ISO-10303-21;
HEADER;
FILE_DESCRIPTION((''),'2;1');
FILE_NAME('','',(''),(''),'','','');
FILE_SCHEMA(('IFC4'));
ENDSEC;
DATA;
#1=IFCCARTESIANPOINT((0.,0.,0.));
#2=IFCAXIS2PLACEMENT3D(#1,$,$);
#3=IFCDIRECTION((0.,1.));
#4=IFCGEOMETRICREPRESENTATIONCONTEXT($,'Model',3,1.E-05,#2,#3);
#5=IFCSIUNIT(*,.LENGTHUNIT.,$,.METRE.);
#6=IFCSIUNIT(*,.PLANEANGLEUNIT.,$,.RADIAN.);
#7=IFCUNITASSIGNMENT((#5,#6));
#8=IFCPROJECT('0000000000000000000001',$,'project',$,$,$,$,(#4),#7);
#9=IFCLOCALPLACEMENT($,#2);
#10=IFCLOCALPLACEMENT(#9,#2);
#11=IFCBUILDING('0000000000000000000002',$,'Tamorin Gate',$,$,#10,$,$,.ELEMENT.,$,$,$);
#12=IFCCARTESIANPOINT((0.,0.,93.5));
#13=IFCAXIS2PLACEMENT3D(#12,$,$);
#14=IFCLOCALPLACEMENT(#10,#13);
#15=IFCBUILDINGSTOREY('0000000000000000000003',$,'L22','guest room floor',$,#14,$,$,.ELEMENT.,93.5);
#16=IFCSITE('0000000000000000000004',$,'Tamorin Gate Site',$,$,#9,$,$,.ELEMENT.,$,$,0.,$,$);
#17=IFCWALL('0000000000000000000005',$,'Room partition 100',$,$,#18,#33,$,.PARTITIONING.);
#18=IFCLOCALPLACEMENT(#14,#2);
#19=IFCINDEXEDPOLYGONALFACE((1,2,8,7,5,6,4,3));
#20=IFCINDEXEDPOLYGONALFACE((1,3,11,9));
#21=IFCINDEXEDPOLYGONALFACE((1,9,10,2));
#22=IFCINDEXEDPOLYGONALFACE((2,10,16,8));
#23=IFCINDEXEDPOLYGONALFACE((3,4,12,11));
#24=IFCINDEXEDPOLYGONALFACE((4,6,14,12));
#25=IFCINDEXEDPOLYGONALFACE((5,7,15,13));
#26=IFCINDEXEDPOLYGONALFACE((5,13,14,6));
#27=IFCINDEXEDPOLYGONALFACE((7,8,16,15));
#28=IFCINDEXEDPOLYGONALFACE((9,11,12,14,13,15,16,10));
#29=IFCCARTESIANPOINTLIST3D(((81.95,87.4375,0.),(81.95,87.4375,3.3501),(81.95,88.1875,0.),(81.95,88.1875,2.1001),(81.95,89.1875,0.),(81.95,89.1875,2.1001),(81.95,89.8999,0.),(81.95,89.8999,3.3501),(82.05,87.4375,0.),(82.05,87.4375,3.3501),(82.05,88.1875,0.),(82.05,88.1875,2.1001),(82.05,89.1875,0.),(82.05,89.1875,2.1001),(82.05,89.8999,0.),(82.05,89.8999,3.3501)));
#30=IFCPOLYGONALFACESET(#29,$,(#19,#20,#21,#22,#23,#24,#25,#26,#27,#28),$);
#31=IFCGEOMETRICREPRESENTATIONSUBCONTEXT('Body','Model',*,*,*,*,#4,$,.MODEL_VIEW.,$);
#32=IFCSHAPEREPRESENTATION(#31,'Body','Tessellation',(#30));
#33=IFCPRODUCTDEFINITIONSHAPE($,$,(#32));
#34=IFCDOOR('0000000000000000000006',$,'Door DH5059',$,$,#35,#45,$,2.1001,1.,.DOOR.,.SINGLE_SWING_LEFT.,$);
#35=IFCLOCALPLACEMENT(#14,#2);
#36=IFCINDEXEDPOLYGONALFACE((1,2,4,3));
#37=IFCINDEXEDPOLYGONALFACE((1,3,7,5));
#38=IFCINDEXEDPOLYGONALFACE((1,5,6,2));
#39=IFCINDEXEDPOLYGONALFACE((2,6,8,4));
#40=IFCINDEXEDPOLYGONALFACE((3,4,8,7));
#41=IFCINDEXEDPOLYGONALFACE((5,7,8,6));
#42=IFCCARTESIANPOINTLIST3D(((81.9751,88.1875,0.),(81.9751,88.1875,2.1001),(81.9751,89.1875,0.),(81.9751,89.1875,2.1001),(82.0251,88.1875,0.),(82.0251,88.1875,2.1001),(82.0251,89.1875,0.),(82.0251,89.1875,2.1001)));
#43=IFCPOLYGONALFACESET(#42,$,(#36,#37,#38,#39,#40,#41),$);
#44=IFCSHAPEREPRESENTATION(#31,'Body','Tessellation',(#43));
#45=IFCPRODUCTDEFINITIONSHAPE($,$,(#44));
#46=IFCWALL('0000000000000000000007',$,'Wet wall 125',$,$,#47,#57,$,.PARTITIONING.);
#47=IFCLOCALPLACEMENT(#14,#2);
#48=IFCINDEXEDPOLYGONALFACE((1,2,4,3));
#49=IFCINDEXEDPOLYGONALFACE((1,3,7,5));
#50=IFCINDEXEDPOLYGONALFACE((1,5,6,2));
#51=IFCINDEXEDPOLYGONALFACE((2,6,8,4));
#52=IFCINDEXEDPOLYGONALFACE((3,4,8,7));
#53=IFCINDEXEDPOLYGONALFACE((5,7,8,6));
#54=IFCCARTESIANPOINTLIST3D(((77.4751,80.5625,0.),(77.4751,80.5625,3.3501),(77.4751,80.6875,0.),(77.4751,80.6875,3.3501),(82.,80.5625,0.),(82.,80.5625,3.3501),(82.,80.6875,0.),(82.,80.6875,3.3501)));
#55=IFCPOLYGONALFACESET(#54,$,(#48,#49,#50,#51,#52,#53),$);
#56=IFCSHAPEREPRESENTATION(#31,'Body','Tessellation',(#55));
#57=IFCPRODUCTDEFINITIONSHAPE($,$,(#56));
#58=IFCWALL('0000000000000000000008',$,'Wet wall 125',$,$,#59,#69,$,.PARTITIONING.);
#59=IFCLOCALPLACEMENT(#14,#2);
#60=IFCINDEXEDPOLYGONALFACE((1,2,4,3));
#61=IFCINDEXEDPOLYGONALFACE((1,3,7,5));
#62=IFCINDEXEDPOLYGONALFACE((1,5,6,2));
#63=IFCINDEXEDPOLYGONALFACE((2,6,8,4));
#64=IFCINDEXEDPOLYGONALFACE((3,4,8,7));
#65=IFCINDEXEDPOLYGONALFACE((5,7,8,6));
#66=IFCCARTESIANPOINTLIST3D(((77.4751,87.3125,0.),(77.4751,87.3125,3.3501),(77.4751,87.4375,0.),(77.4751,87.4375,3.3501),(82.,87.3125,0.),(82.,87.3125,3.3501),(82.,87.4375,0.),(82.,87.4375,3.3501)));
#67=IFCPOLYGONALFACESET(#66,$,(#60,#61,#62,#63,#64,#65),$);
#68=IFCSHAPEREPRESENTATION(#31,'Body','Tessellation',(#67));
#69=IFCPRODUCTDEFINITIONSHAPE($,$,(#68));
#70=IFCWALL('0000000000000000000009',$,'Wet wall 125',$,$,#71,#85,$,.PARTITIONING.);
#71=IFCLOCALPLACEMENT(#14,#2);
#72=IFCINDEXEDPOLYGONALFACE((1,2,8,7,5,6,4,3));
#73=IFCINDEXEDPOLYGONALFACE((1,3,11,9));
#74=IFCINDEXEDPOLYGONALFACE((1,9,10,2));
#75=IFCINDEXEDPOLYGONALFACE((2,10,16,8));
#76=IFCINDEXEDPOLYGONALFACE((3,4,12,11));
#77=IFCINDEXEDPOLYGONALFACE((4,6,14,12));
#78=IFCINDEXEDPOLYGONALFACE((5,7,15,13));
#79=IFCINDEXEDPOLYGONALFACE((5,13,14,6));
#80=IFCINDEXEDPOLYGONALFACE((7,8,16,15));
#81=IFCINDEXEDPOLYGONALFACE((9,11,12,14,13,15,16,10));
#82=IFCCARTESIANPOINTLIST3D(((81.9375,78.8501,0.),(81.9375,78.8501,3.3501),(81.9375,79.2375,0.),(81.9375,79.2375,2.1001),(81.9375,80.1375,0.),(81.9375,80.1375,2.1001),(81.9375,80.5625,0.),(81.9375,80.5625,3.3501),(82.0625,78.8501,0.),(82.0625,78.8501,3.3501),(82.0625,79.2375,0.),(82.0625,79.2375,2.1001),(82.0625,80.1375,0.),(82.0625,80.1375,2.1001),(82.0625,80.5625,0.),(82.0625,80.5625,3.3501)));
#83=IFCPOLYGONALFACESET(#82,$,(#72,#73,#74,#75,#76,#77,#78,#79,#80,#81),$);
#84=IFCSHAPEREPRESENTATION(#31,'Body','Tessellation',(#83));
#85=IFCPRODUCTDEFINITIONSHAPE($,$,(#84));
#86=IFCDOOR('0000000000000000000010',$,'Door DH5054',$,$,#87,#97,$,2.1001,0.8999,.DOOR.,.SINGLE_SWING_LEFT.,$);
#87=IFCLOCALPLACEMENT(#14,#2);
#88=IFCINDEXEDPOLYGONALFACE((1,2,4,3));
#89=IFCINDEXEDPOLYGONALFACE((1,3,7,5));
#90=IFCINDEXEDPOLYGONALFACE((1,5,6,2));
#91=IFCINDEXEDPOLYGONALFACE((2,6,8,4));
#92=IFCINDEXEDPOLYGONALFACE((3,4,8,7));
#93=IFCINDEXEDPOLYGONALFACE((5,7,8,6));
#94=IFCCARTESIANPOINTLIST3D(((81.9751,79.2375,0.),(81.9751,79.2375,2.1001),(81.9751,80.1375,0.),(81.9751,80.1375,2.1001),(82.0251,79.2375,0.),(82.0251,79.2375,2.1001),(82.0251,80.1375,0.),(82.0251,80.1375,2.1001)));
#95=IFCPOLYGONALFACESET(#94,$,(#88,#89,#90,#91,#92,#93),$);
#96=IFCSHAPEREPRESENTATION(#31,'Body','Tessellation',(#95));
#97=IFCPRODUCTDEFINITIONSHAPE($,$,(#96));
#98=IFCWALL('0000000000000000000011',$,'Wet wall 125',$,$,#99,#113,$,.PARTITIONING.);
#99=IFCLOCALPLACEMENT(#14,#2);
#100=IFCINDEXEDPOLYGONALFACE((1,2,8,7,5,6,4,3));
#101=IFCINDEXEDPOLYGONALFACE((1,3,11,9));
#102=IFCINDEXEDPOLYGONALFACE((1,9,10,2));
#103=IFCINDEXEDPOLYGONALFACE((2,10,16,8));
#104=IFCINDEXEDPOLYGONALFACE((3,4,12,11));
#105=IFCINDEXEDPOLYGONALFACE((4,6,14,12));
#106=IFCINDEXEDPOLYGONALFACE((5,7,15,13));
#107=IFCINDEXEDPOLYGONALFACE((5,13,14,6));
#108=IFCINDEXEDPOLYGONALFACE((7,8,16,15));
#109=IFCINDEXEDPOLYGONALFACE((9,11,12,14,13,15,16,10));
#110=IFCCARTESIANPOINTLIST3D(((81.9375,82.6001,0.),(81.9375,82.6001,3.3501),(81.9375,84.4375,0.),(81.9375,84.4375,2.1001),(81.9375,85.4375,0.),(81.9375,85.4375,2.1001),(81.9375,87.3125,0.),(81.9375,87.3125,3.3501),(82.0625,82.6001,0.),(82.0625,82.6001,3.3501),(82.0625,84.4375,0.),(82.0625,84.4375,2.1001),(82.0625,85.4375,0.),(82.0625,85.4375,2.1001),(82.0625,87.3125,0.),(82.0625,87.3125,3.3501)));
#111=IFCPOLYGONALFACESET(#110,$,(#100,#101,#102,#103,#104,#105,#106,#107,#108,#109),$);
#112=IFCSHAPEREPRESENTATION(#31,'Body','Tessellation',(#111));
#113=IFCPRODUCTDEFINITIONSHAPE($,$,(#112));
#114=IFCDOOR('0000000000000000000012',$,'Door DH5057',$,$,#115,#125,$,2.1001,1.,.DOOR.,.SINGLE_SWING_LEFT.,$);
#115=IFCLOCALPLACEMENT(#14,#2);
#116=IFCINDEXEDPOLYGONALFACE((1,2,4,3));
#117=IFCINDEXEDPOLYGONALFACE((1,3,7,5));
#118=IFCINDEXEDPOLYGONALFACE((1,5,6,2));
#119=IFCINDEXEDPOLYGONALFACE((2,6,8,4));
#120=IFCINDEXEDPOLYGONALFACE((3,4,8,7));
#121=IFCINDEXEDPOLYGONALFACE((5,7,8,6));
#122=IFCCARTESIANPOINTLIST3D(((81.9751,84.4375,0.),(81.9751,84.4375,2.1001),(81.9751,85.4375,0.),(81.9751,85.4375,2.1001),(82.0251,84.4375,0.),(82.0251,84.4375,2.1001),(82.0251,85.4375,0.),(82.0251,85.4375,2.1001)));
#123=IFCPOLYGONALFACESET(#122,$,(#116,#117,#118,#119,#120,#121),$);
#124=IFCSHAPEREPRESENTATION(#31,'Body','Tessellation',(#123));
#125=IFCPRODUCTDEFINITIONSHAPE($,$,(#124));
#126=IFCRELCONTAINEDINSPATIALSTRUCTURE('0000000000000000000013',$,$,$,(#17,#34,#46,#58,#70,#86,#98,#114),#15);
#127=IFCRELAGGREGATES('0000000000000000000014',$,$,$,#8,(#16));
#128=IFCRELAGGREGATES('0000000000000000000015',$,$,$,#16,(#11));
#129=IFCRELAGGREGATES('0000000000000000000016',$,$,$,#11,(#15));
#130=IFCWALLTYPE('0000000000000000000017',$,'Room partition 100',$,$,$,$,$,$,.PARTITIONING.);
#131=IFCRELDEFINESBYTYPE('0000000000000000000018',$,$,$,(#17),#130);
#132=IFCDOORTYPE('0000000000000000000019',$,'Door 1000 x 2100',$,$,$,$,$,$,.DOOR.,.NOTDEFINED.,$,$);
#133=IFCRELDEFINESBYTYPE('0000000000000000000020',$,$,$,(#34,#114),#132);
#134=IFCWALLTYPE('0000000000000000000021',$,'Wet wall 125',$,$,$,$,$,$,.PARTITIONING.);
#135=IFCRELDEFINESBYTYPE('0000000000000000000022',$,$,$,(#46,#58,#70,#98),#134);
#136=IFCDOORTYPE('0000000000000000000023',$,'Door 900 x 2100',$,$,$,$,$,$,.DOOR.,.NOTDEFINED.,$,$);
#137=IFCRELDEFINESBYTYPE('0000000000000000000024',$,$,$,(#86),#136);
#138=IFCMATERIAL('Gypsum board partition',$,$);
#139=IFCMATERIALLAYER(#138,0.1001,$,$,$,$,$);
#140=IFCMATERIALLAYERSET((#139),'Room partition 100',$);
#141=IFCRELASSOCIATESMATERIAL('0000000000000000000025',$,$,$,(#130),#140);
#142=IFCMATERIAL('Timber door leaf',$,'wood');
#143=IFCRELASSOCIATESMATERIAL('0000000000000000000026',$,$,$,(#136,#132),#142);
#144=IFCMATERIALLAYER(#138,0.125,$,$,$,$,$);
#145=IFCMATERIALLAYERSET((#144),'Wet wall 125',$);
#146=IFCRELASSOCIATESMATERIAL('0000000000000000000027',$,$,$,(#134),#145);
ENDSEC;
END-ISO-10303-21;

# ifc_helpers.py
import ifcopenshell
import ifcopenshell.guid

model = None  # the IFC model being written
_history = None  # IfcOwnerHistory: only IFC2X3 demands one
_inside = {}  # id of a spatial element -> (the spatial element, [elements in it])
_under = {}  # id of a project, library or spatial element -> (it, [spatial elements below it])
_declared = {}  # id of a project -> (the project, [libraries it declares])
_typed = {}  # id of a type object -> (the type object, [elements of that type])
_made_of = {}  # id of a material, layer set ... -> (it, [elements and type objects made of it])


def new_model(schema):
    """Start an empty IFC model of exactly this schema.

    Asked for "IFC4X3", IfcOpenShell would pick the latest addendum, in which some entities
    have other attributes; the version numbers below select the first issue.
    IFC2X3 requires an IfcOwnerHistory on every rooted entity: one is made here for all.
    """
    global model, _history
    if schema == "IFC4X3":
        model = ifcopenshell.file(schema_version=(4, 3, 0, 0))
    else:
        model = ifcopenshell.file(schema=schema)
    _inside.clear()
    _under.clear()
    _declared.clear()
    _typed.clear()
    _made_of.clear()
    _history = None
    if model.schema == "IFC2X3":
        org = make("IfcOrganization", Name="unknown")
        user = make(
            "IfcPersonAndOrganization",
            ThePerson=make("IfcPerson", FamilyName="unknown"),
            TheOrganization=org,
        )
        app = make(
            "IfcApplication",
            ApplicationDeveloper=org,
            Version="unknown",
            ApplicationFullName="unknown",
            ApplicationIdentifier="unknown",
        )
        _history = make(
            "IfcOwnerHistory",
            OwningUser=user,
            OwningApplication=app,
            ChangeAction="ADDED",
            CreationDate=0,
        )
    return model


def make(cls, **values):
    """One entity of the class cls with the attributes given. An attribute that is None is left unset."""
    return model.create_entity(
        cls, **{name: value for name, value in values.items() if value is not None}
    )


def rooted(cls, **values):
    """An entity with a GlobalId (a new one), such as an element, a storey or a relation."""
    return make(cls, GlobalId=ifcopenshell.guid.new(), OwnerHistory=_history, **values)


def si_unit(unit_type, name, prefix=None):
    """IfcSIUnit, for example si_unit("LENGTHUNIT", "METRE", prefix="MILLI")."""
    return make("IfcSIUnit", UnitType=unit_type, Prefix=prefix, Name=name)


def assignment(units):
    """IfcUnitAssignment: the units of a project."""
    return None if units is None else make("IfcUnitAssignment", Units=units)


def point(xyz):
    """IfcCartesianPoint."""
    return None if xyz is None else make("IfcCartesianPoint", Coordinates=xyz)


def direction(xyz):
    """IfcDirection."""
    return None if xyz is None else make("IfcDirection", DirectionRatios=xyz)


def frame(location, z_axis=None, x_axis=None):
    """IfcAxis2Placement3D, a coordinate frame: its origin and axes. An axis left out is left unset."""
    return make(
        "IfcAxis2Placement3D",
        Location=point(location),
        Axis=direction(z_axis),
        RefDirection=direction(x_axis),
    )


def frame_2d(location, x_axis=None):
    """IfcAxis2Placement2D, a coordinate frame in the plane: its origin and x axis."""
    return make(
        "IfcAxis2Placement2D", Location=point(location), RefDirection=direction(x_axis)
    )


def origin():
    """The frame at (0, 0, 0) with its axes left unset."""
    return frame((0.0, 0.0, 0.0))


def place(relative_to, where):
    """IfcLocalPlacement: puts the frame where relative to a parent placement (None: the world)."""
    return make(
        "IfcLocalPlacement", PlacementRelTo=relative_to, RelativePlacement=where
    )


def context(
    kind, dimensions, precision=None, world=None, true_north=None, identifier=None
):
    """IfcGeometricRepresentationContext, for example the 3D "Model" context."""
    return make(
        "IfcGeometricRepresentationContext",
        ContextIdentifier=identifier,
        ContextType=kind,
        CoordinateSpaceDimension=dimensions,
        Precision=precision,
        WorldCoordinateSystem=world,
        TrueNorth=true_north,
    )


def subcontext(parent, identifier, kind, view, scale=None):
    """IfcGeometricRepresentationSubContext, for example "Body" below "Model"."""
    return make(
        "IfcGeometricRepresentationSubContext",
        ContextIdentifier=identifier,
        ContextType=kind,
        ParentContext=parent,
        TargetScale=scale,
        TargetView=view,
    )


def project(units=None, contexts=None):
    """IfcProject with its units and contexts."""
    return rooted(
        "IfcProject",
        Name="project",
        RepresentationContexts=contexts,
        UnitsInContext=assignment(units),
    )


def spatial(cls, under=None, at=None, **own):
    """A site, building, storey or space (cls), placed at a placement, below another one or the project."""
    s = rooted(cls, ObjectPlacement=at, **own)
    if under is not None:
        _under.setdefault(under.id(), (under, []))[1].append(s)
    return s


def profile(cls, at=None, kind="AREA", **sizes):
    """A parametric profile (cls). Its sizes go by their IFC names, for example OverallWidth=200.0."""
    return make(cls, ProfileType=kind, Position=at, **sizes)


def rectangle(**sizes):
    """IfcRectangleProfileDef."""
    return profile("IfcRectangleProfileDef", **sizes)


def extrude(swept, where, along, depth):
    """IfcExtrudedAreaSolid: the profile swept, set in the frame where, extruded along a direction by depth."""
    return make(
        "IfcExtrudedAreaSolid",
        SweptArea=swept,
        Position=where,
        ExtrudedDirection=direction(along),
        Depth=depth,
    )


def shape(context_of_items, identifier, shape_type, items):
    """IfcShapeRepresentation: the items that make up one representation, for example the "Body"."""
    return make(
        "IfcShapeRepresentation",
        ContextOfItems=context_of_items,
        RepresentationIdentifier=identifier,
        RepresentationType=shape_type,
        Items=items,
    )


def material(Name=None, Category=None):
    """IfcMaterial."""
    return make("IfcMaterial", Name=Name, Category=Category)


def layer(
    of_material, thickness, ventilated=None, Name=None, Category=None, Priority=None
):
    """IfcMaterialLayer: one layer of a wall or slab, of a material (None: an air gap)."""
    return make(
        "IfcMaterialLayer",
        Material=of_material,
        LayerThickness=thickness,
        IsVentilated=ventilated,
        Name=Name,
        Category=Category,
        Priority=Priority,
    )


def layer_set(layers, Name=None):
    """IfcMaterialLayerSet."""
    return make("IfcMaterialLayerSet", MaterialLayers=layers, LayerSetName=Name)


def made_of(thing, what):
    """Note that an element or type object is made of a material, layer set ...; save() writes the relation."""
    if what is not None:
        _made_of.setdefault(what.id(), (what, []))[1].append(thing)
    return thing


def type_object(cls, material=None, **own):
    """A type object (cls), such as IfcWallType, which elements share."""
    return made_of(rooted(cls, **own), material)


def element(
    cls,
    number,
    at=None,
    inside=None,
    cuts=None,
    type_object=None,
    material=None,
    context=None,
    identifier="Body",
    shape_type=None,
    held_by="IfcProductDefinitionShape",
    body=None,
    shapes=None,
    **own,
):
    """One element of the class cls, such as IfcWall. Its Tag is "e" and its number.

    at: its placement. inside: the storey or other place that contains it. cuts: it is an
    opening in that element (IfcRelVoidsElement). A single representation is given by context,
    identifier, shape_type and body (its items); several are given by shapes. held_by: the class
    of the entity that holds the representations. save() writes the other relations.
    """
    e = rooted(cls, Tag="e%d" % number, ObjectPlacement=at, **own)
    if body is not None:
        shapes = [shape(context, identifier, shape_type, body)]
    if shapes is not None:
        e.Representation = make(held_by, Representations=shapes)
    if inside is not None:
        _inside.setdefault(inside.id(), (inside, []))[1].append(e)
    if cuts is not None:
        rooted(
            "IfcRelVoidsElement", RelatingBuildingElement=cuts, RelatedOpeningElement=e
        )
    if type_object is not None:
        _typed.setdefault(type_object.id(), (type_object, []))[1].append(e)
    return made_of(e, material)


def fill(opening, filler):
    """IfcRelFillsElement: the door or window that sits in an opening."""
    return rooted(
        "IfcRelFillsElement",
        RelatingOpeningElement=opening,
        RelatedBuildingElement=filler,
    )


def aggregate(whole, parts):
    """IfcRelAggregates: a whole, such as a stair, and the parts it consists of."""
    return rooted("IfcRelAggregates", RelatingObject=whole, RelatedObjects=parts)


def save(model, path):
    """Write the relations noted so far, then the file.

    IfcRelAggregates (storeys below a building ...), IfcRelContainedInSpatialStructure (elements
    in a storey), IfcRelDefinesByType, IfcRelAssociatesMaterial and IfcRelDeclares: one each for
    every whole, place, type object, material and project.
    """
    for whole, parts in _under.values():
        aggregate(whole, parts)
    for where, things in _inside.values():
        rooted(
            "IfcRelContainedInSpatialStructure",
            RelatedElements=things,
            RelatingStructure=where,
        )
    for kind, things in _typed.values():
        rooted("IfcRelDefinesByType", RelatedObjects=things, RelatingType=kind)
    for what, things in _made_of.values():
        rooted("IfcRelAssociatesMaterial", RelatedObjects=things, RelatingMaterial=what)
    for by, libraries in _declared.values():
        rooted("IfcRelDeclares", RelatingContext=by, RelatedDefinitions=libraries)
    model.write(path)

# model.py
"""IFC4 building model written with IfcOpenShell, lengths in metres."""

from ifc_helpers import new_model, si_unit, direction, frame, frame_2d, origin, place, context, subcontext, project, spatial, rectangle, extrude, material, layer, layer_set, type_object, element, fill, save


model = new_model("IFC4")

# Units and contexts
model_context = context("Model", 3, precision=1e-05, world=origin(), true_north=direction((0.0, 1.0)))
body_context = subcontext(model_context, "Body", "Model", "MODEL_VIEW")
ifc_project = project(units=[si_unit("LENGTHUNIT", "METRE"), si_unit("PLANEANGLEUNIT", "RADIAN")], contexts=[model_context])

# Site, building, storey
site_placement = place(None, origin())
site = spatial("IfcSite", under=ifc_project, at=site_placement, Name="Tamorin Gate Site", CompositionType="ELEMENT", RefElevation=0.0)
building_placement = place(site_placement, origin())
building = spatial("IfcBuilding", under=site, at=building_placement, Name="Tamorin Gate", CompositionType="ELEMENT")
storey_placement = place(building_placement, frame((0.0, 0.0, 93.5)))
storey = spatial("IfcBuildingStorey", under=building, at=storey_placement, Name="L22", Description="guest room floor", CompositionType="ELEMENT", Elevation=93.5)

# Shared definitions
ifc_material_1 = material(Name="Gypsum board partition")

# Wall, opening, door
ifc_layer_1 = layer(ifc_material_1, 0.1001)
ifc_layer_set_1 = layer_set([ifc_layer_1], Name="Room partition 100")
wall_type_1 = type_object("IfcWallType", Name="Room partition 100", PredefinedType="PARTITIONING", material=ifc_layer_set_1)
ifc_material_2 = material(Name="Timber door leaf", Category="wood")
door_type_1 = type_object("IfcDoorType", Name="Door 900 x 2100", OperationType="NOTDEFINED", PredefinedType="DOOR", material=ifc_material_2)
wall_1_placement = place(storey_placement, frame((82.0, 87.4375, 0.0), z_axis=(0.0, 0.0, 1.0), x_axis=(0.0, 1.0, 0.0)))
wall_1 = element("IfcWall", 1, at=wall_1_placement, inside=storey, type_object=wall_type_1, Name="Room partition 100", PredefinedType="PARTITIONING", context=body_context, shape_type="SweptSolid", body=[
    extrude(rectangle(XDim=2.4624, YDim=0.1001, at=frame_2d((1.2312, 0.0))), origin(), (0.0, 0.0, 1.0), 3.3501),
])
opening_1_placement = place(wall_1_placement, frame((0.75, 0.0, 0.0)))
opening_1 = element("IfcOpeningElement", 2, at=opening_1_placement, cuts=wall_1, PredefinedType="OPENING", context=body_context, shape_type="SweptSolid", body=[
    extrude(rectangle(XDim=1.0, YDim=2.1001, at=frame_2d((0.5, 1.05))), frame((0.0, 0.0601, 0.0), z_axis=(0.0, -1.0, 0.0), x_axis=(1.0, 0.0, 0.0)), (0.0, 0.0, 1.0), 0.1201),
])
door_type_2 = type_object("IfcDoorType", Name="Door 1000 x 2100", OperationType="NOTDEFINED", PredefinedType="DOOR", material=ifc_material_2)
door_1_placement = place(opening_1_placement, origin())
door_1 = element("IfcDoor", 3, at=door_1_placement, inside=storey, type_object=door_type_2, Name="Door DH5059", OperationType="SINGLE_SWING_LEFT", OverallHeight=2.1001, OverallWidth=1.0, PredefinedType="DOOR", context=body_context, shape_type="SweptSolid", body=[
    extrude(rectangle(XDim=1.0, YDim=2.1001, at=frame_2d((0.5, 1.05))), frame((0.0, 0.0249, 0.0), z_axis=(0.0, -1.0, 0.0), x_axis=(1.0, 0.0, 0.0)), (0.0, 0.0, 1.0), 0.05),
])
fill(opening_1, door_1)

# Walls
ifc_layer_2 = layer(ifc_material_1, 0.125)
ifc_layer_set_2 = layer_set([ifc_layer_2], Name="Wet wall 125")
wall_type_2 = type_object("IfcWallType", Name="Wet wall 125", PredefinedType="PARTITIONING", material=ifc_layer_set_2)
for number, where, z_axis, x_axis, name in (
    (4, (77.4751, 80.625, 0.0), (0.0, 0.0, 1.0), (1.0, 0.0, 0.0), "Wet wall 125"),
    (5, (77.4751, 87.375, 0.0), (0.0, 0.0, 1.0), (1.0, 0.0, 0.0), "Wet wall 125"),
):
    element("IfcWall", number, at=place(storey_placement, frame(where, z_axis=z_axis, x_axis=x_axis)), inside=storey, type_object=wall_type_2, Name=name, PredefinedType="PARTITIONING", context=body_context, shape_type="SweptSolid", body=[
        extrude(rectangle(XDim=4.5249, YDim=0.125, at=frame_2d((2.2625, 0.0))), origin(), (0.0, 0.0, 1.0), 3.3501),
    ])

# Walls, openings, doors
wall_2_placement = place(storey_placement, frame((82.0, 78.8501, 0.0), z_axis=(0.0, 0.0, 1.0), x_axis=(0.0, 1.0, 0.0)))
wall_2 = element("IfcWall", 6, at=wall_2_placement, inside=storey, type_object=wall_type_2, Name="Wet wall 125", PredefinedType="PARTITIONING", context=body_context, shape_type="SweptSolid", body=[
    extrude(rectangle(XDim=1.7124, YDim=0.125, at=frame_2d((0.8562, 0.0))), origin(), (0.0, 0.0, 1.0), 3.3501),
])
opening_2_placement = place(wall_2_placement, frame((0.3875, 0.0, 0.0)))
opening_2 = element("IfcOpeningElement", 7, at=opening_2_placement, cuts=wall_2, PredefinedType="OPENING", context=body_context, shape_type="SweptSolid", body=[
    extrude(rectangle(XDim=0.8999, YDim=2.1001, at=frame_2d((0.45, 1.05))), frame((0.0, 0.0725, 0.0), z_axis=(0.0, -1.0, 0.0), x_axis=(1.0, 0.0, 0.0)), (0.0, 0.0, 1.0), 0.145),
])
door_2_placement = place(opening_2_placement, origin())
door_2 = element("IfcDoor", 8, at=door_2_placement, inside=storey, type_object=door_type_1, Name="Door DH5054", OperationType="SINGLE_SWING_LEFT", OverallHeight=2.1001, OverallWidth=0.8999, PredefinedType="DOOR", context=body_context, shape_type="SweptSolid", body=[
    extrude(rectangle(XDim=0.8999, YDim=2.1001, at=frame_2d((0.45, 1.05))), frame((0.0, 0.0249, 0.0), z_axis=(0.0, -1.0, 0.0), x_axis=(1.0, 0.0, 0.0)), (0.0, 0.0, 1.0), 0.05),
])
fill(opening_2, door_2)
wall_3_placement = place(storey_placement, frame((82.0, 82.6001, 0.0), z_axis=(0.0, 0.0, 1.0), x_axis=(0.0, 1.0, 0.0)))
wall_3 = element("IfcWall", 9, at=wall_3_placement, inside=storey, type_object=wall_type_2, Name="Wet wall 125", PredefinedType="PARTITIONING", context=body_context, shape_type="SweptSolid", body=[
    extrude(rectangle(XDim=4.7124, YDim=0.125, at=frame_2d((2.3562, 0.0))), origin(), (0.0, 0.0, 1.0), 3.3501),
])
opening_3_placement = place(wall_3_placement, frame((1.8374, 0.0, 0.0)))
opening_3 = element("IfcOpeningElement", 10, at=opening_3_placement, cuts=wall_3, PredefinedType="OPENING", context=body_context, shape_type="SweptSolid", body=[
    extrude(rectangle(XDim=1.0, YDim=2.1001, at=frame_2d((0.5, 1.05))), frame((0.0, 0.0725, 0.0), z_axis=(0.0, -1.0, 0.0), x_axis=(1.0, 0.0, 0.0)), (0.0, 0.0, 1.0), 0.145),
])
door_3_placement = place(opening_3_placement, origin())
door_3 = element("IfcDoor", 11, at=door_3_placement, inside=storey, type_object=door_type_2, Name="Door DH5057", OperationType="SINGLE_SWING_LEFT", OverallHeight=2.1001, OverallWidth=1.0, PredefinedType="DOOR", context=body_context, shape_type="SweptSolid", body=[
    extrude(rectangle(XDim=1.0, YDim=2.1001, at=frame_2d((0.5, 1.05))), frame((0.0, 0.0249, 0.0), z_axis=(0.0, -1.0, 0.0), x_axis=(1.0, 0.0, 0.0)), (0.0, 0.0, 1.0), 0.05),
])
fill(opening_3, door_3)

save(model, "model.ifc")
